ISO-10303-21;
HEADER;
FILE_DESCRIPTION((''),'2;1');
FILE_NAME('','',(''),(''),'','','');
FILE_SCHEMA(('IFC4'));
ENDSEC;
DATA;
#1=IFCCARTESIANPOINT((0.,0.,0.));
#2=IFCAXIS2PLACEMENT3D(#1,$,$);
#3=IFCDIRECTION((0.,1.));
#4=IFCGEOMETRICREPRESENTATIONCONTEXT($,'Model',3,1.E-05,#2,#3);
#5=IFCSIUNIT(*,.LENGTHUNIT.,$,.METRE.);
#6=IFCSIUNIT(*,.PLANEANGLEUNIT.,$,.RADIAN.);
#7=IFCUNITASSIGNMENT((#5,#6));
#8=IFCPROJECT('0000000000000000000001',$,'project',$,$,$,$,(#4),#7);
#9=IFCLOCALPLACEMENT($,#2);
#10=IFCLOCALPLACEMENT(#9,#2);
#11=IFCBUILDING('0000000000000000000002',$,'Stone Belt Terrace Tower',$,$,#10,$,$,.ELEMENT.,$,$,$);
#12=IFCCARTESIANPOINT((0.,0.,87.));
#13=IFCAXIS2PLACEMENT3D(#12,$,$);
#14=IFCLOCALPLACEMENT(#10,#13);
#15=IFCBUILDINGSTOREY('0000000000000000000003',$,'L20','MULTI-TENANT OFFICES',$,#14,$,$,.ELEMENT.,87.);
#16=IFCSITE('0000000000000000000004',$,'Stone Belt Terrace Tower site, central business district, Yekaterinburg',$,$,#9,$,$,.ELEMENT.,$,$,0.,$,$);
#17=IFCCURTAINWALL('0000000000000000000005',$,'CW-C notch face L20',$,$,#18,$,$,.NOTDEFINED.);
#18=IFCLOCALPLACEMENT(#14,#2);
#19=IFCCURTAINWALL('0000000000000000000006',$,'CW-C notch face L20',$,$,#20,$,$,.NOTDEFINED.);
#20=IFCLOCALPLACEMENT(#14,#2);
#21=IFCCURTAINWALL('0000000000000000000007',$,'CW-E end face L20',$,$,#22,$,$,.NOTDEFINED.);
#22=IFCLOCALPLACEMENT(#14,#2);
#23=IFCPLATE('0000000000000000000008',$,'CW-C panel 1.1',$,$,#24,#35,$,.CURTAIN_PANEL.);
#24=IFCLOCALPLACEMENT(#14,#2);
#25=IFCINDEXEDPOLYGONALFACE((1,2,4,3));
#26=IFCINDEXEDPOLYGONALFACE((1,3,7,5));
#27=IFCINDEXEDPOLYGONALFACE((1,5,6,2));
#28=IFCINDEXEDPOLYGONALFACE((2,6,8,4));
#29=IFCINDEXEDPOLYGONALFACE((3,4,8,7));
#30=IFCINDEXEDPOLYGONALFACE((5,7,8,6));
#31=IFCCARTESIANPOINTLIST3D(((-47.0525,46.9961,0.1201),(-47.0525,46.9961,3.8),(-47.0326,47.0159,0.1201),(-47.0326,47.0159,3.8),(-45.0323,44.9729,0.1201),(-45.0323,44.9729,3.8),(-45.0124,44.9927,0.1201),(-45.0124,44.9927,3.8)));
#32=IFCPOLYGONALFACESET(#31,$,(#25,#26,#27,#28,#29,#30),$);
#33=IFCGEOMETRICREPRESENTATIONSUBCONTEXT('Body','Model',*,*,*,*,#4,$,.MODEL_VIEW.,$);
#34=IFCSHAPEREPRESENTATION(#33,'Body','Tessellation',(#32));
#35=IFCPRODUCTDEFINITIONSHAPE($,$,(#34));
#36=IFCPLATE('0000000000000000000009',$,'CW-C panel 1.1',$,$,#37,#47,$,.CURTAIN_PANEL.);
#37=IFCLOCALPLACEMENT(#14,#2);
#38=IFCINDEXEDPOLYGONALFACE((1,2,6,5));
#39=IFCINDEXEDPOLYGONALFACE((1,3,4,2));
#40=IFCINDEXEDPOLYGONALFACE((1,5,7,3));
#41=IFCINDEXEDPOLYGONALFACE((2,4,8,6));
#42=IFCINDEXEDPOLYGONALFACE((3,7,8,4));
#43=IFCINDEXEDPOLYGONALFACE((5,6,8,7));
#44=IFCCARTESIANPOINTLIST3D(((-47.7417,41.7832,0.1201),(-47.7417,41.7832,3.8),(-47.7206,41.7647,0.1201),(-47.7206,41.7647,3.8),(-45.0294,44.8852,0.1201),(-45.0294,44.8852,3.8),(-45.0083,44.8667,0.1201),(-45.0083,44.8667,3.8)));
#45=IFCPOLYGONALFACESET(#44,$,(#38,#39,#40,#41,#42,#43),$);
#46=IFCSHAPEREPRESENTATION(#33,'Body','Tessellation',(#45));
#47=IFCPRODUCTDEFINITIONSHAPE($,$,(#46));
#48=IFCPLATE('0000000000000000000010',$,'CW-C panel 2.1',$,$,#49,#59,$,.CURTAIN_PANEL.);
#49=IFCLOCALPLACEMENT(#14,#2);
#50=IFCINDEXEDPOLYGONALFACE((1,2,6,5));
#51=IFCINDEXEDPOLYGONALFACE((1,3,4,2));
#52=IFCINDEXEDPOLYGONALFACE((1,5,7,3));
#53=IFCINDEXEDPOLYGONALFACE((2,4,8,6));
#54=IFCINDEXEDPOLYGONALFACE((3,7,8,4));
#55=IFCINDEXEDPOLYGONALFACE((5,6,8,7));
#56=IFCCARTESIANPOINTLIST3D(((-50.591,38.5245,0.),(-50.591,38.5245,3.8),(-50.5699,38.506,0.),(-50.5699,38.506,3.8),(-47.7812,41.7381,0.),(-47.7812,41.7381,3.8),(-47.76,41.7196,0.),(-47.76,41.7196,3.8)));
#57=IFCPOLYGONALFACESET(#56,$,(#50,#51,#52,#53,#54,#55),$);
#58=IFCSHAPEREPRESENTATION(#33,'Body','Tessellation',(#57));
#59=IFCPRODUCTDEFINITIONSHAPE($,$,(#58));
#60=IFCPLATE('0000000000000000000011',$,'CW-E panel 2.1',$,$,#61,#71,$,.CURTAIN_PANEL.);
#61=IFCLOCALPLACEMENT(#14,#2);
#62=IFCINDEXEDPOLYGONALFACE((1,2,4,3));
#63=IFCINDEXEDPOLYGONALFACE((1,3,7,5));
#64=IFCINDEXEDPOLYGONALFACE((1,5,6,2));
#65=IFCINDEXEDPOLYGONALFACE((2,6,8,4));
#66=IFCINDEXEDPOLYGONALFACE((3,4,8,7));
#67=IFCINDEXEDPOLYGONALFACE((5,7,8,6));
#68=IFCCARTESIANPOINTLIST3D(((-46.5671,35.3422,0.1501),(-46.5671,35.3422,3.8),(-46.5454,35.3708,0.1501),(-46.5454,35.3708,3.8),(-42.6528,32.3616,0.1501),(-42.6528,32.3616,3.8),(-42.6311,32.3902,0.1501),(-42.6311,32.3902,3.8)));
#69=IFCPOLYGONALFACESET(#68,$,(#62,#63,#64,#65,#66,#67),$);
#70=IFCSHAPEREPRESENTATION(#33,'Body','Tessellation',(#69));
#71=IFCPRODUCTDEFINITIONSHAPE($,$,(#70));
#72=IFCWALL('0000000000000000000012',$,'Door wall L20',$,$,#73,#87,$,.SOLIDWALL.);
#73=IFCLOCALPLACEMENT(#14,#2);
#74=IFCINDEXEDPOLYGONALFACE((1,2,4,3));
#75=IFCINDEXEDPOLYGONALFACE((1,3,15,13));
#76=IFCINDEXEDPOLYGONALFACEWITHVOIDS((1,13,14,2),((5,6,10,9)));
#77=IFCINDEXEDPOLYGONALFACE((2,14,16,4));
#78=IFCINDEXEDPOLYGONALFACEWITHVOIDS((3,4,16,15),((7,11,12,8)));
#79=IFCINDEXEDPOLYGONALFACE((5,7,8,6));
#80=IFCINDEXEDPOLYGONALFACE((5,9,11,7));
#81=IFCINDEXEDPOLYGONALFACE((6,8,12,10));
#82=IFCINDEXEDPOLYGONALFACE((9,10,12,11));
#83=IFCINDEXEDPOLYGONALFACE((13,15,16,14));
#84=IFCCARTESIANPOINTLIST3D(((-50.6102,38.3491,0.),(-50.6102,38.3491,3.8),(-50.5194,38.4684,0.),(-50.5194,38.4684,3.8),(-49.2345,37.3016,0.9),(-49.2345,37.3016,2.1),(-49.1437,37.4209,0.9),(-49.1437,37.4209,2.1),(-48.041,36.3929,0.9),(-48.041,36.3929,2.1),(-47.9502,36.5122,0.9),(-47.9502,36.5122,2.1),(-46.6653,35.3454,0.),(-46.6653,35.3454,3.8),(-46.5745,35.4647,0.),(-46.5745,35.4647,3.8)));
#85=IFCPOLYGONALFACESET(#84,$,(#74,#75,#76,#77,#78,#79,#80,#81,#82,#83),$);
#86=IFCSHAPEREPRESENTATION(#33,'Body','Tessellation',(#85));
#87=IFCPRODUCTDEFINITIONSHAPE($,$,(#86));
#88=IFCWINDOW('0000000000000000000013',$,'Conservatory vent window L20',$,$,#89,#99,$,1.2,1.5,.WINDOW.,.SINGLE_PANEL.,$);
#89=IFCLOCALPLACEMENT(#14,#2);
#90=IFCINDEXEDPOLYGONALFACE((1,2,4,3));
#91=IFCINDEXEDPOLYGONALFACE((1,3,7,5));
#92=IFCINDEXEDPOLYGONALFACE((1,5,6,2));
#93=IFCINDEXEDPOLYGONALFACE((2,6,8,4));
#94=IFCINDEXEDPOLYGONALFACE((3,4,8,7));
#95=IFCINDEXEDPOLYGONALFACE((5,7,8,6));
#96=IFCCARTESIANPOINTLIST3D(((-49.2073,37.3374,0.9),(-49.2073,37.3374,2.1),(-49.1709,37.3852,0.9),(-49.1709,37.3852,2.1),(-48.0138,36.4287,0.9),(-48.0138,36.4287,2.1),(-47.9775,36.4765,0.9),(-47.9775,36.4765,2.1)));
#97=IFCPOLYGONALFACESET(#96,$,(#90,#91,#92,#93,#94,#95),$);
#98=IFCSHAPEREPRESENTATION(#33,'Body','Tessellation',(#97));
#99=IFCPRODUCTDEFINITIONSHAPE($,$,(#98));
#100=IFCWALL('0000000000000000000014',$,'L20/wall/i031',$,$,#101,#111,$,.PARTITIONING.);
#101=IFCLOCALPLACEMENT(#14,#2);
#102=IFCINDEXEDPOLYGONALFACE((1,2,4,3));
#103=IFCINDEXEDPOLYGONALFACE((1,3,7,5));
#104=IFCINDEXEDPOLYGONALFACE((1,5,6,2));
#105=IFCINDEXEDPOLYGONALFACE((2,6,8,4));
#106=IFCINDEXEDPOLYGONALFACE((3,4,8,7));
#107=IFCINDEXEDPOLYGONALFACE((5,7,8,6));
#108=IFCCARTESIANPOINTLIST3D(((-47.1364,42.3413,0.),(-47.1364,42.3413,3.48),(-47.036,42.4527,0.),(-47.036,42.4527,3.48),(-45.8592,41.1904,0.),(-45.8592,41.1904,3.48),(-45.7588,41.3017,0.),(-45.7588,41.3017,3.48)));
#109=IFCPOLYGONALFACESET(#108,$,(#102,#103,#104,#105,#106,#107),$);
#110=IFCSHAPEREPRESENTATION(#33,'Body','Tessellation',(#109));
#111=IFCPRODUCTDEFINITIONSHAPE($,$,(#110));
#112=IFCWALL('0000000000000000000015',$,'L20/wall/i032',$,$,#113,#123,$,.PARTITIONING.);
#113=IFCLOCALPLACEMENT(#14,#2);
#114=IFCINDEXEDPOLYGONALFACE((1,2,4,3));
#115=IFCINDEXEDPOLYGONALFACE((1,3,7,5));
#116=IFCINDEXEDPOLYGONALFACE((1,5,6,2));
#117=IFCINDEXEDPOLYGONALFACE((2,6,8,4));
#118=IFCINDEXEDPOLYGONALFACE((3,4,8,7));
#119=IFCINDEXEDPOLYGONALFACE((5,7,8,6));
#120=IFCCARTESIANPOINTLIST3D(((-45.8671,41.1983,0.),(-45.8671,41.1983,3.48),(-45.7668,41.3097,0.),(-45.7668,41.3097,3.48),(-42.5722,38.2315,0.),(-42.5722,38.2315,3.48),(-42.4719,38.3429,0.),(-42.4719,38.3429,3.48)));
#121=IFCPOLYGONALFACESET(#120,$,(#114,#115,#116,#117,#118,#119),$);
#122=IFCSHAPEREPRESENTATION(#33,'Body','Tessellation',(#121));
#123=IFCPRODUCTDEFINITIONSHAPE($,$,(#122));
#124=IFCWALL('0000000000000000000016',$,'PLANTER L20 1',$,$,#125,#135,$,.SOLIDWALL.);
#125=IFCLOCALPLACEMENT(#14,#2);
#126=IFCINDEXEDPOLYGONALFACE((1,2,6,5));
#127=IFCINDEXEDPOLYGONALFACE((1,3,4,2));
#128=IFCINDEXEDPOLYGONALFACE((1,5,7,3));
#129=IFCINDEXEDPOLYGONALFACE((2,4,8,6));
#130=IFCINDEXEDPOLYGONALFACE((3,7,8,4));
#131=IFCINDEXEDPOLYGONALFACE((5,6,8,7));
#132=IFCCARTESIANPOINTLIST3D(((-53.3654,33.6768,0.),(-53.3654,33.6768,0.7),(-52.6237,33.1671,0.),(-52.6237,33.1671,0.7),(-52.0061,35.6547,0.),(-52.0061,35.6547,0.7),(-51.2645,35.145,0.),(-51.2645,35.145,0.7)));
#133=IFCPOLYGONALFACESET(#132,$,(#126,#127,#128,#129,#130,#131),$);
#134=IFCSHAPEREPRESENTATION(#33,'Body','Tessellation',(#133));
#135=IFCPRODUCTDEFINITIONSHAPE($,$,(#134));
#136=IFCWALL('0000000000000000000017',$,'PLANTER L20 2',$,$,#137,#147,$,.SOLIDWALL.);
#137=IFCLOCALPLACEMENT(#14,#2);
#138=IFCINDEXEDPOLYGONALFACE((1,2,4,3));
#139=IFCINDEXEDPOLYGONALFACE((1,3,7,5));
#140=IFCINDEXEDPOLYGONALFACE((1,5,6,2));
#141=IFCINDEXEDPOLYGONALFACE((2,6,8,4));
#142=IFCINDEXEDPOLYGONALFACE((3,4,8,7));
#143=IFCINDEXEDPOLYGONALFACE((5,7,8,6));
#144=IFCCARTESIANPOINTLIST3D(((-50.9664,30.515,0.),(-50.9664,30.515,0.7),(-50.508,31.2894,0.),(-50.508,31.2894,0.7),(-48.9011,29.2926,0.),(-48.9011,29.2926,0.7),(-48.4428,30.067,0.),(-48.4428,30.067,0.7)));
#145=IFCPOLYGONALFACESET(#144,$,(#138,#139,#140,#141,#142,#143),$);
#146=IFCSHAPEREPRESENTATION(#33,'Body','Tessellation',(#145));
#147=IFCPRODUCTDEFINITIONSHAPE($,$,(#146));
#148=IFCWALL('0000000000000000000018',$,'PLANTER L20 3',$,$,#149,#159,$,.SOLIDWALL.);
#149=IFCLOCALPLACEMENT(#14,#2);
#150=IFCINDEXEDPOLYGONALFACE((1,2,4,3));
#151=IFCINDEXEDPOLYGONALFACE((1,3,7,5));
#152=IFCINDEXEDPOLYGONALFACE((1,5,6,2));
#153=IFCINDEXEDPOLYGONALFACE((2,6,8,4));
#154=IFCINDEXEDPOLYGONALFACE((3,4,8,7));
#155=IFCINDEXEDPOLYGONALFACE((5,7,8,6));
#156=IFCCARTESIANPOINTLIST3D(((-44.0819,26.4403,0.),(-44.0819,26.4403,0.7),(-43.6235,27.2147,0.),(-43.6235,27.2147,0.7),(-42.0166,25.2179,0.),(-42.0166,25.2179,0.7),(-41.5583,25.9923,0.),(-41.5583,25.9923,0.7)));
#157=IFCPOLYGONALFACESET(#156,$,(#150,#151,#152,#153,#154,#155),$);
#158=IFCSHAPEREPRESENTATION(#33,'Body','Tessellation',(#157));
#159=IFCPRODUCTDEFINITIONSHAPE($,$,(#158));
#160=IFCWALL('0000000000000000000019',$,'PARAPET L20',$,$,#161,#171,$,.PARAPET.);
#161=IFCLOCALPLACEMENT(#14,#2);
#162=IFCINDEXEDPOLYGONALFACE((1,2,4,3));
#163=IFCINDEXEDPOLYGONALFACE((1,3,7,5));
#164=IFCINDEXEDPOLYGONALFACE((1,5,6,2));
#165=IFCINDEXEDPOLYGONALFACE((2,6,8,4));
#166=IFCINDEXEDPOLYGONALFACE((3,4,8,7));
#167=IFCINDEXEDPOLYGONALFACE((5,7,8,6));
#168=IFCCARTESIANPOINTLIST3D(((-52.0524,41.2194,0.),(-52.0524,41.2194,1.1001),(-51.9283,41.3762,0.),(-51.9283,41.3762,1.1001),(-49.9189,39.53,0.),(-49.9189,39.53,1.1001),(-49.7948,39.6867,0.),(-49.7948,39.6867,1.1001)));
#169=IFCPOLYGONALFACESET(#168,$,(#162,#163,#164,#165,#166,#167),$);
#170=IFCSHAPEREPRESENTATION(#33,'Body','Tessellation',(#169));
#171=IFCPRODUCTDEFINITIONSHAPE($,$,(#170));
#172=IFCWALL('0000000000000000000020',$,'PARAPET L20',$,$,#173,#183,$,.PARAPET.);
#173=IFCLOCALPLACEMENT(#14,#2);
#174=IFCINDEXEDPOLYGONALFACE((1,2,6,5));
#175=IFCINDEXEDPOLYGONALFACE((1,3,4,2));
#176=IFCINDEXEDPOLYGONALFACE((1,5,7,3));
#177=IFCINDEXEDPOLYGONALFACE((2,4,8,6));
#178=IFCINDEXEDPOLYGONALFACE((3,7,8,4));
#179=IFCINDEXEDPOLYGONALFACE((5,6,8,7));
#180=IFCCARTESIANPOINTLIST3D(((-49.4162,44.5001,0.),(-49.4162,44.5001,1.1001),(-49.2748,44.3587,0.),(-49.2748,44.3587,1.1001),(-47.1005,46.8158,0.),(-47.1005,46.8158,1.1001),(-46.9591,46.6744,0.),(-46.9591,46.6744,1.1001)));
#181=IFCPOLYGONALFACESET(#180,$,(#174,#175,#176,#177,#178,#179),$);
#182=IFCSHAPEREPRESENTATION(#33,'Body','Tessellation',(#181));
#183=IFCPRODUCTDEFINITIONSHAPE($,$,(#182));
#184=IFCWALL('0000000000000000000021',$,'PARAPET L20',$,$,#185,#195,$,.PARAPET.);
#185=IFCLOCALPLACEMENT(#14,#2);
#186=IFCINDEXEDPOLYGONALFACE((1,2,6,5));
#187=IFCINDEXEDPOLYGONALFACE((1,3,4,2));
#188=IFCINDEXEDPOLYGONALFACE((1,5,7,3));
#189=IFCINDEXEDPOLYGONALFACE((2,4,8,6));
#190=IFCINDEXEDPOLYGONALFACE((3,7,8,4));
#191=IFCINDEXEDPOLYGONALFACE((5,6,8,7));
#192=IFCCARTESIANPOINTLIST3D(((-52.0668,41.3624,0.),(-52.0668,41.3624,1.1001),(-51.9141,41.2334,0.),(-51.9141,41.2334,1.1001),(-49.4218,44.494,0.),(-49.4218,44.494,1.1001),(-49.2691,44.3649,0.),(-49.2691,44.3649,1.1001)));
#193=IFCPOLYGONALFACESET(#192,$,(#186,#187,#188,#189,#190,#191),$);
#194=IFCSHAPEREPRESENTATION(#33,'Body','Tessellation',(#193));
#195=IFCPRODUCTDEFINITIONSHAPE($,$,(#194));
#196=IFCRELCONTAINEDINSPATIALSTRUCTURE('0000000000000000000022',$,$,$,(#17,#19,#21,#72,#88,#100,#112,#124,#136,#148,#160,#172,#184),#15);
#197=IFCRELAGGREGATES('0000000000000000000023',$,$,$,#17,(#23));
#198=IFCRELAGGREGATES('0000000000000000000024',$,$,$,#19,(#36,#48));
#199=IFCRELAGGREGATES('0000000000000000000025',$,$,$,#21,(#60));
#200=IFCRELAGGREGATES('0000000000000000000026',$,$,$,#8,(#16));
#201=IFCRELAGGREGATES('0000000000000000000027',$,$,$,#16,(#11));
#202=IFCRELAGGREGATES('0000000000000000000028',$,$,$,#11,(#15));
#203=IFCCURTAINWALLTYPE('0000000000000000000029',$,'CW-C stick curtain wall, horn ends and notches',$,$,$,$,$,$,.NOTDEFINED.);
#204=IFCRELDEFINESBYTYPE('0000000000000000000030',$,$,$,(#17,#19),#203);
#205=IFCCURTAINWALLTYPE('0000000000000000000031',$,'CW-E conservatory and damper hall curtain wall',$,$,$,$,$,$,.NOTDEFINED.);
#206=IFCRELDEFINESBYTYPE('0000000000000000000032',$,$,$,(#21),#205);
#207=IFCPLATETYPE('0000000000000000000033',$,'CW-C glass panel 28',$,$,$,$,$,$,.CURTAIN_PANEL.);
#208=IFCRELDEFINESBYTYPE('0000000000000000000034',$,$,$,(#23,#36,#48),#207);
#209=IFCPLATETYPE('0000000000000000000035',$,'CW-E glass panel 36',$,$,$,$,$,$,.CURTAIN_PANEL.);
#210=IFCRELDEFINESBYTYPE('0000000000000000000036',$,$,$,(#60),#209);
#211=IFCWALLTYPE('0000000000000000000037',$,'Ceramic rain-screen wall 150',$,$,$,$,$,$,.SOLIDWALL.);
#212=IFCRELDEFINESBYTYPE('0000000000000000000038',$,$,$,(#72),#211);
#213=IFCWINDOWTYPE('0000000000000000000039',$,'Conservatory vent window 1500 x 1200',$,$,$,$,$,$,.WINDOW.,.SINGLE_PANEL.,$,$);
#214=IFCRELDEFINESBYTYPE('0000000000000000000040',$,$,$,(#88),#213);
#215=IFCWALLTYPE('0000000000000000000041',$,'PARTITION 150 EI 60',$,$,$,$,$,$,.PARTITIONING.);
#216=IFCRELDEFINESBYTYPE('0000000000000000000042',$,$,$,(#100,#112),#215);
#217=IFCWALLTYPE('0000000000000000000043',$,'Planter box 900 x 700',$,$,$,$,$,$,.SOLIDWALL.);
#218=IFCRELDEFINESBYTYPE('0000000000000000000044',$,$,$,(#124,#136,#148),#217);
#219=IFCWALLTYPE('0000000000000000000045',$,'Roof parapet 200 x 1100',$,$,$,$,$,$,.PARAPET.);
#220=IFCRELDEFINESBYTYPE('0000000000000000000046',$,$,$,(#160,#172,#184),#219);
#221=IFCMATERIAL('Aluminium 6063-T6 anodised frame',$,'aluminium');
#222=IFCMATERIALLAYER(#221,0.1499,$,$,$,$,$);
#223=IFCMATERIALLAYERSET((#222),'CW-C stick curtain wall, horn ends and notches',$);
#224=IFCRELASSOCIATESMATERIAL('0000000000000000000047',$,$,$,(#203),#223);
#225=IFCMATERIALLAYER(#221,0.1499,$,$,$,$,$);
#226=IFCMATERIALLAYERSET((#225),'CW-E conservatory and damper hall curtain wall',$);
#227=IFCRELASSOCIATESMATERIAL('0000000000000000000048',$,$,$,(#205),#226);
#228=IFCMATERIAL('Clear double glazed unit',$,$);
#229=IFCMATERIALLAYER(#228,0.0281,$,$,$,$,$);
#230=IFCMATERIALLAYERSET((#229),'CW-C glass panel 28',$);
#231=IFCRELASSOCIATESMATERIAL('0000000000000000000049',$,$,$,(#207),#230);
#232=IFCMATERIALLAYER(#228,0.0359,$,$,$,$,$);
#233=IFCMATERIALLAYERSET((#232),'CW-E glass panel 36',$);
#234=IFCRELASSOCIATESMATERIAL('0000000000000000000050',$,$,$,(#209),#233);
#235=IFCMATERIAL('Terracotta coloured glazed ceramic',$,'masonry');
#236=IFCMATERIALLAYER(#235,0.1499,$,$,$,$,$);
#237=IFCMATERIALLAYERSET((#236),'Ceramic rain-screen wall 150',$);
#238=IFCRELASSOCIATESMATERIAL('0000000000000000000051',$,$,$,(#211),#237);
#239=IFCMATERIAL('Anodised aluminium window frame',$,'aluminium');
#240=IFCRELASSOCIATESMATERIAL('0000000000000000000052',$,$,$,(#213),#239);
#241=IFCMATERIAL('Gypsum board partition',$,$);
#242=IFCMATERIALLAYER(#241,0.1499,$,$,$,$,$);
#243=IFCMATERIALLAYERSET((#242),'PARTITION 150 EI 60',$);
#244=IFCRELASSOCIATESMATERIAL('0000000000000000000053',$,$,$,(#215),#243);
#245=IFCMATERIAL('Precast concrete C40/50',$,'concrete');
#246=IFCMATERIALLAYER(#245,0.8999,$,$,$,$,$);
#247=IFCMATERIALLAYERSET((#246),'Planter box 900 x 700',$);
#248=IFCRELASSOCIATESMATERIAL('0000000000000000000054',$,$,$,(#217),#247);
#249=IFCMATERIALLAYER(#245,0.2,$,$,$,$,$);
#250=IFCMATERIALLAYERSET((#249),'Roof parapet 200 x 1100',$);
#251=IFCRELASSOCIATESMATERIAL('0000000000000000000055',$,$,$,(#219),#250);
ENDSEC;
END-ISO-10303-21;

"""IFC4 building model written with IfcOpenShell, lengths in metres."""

from ifc_helpers import new_model, si_unit, direction, frame, frame_2d, origin, origin_2d, place, context, subcontext, project, spatial, rectangle, extrude, material, layer, layer_set, type_object, element, fill, aggregate, save


model = new_model("IFC4")

# Units and contexts
model_context = context("Model", 3, precision=1e-05, world=origin(), true_north=direction((0.0, 1.0)))
body_context = subcontext(model_context, "Body", "Model", "MODEL_VIEW")
ifc_project = project(units=[si_unit("LENGTHUNIT", "METRE"), si_unit("PLANEANGLEUNIT", "RADIAN")], contexts=[model_context])

# Site, building, storey
site_placement = place(None, origin())
site = spatial("IfcSite", under=ifc_project, at=site_placement, Name="Stone Belt Terrace Tower site, central business district, Yekaterinburg", CompositionType="ELEMENT", RefElevation=0.0)
building_placement = place(site_placement, origin())
building = spatial("IfcBuilding", under=site, at=building_placement, Name="Stone Belt Terrace Tower", CompositionType="ELEMENT")
storey_placement = place(building_placement, frame((0.0, 0.0, 87.0)))
storey = spatial("IfcBuildingStorey", under=building, at=storey_placement, Name="L20", Description="MULTI-TENANT OFFICES", CompositionType="ELEMENT", Elevation=87.0)

# Curtain wall
ifc_material_1 = material(Name="Aluminium 6063-T6 anodised frame", Category="aluminium")
ifc_layer_1 = layer(ifc_material_1, 0.1499)
ifc_layer_set_1 = layer_set([ifc_layer_1], Name="CW-C stick curtain wall, horn ends and notches")
curtain_wall_type_1 = type_object("IfcCurtainWallType", Name="CW-C stick curtain wall, horn ends and notches", PredefinedType="NOTDEFINED", material=ifc_layer_set_1)
curtain_wall_1_placement = place(storey_placement, origin())
curtain_wall_1 = element("IfcCurtainWall", 1, at=curtain_wall_1_placement, inside=storey, type_object=curtain_wall_type_1, Name="CW-C notch face L20", PredefinedType="NOTDEFINED")

# Curtain wall
curtain_wall_2_placement = place(storey_placement, origin())
curtain_wall_2 = element("IfcCurtainWall", 2, at=curtain_wall_2_placement, inside=storey, type_object=curtain_wall_type_1, Name="CW-C notch face L20", PredefinedType="NOTDEFINED")

# Curtain wall
ifc_layer_2 = layer(ifc_material_1, 0.1499)
ifc_layer_set_2 = layer_set([ifc_layer_2], Name="CW-E conservatory and damper hall curtain wall")
curtain_wall_type_2 = type_object("IfcCurtainWallType", Name="CW-E conservatory and damper hall curtain wall", PredefinedType="NOTDEFINED", material=ifc_layer_set_2)
curtain_wall_3_placement = place(storey_placement, origin())
curtain_wall_3 = element("IfcCurtainWall", 3, at=curtain_wall_3_placement, inside=storey, type_object=curtain_wall_type_2, Name="CW-E end face L20", PredefinedType="NOTDEFINED")

# Plates
ifc_material_2 = material(Name="Clear double glazed unit")
ifc_layer_3 = layer(ifc_material_2, 0.0281)
ifc_layer_set_3 = layer_set([ifc_layer_3], Name="CW-C glass panel 28")
plate_type_1 = type_object("IfcPlateType", Name="CW-C glass panel 28", PredefinedType="CURTAIN_PANEL", material=ifc_layer_set_3)
plate_1_placement = place(storey_placement, frame((-46.0325, 45.9944, 0.1201), z_axis=(0.0, 0.0, 1.0), x_axis=(0.706586, -0.707627, 0.0)))
plate_1 = element("IfcPlate", 4, at=plate_1_placement, type_object=plate_type_1, Name="CW-C panel 1.1", PredefinedType="CURTAIN_PANEL", context=body_context, shape_type="SweptSolid", body=[
    extrude(rectangle(XDim=2.8591, YDim=0.0281, at=origin_2d()), origin(), (0.0, 0.0, 1.0), 3.6799),
])
aggregate(curtain_wall_1, [plate_1])
plate_2_placement = place(storey_placement, frame((-46.375, 43.325, 0.1201), z_axis=(0.0, 0.0, 1.0), x_axis=(-0.65823, -0.752817, 0.0)))
plate_2 = element("IfcPlate", 5, at=plate_2_placement, type_object=plate_type_1, Name="CW-C panel 1.1", PredefinedType="CURTAIN_PANEL", context=body_context, shape_type="SweptSolid", body=[
    extrude(rectangle(XDim=4.1206, YDim=0.0281, at=origin_2d()), origin(), (0.0, 0.0, 1.0), 3.6799),
])
plate_3_placement = place(storey_placement, frame((-49.1755, 40.1221, 0.0), z_axis=(0.0, 0.0, 1.0), x_axis=(-0.65823, -0.752817, 0.0)))
plate_3 = element("IfcPlate", 6, at=plate_3_placement, type_object=plate_type_1, Name="CW-C panel 2.1", PredefinedType="CURTAIN_PANEL", context=body_context, shape_type="SweptSolid", body=[
    extrude(rectangle(XDim=4.2688, YDim=0.0281, at=origin_2d()), origin(), (0.0, 0.0, 1.0), 3.8),
])
aggregate(curtain_wall_2, [plate_2, plate_3])
ifc_layer_4 = layer(ifc_material_2, 0.0359)
ifc_layer_set_4 = layer_set([ifc_layer_4], Name="CW-E glass panel 36")
plate_type_2 = type_object("IfcPlateType", Name="CW-E glass panel 36", PredefinedType="CURTAIN_PANEL", material=ifc_layer_set_4)
plate_4_placement = place(storey_placement, frame((-44.5991, 33.8662, 0.1501), z_axis=(0.0, 0.0, 1.0), x_axis=(0.795602, -0.60582, 0.0)))
plate_4 = element("IfcPlate", 7, at=plate_4_placement, type_object=plate_type_2, Name="CW-E panel 2.1", PredefinedType="CURTAIN_PANEL", context=body_context, shape_type="SweptSolid", body=[
    extrude(rectangle(XDim=4.9199, YDim=0.0359, at=origin_2d()), origin(), (0.0, 0.0, 1.0), 3.6499),
])
aggregate(curtain_wall_3, [plate_4])

# Wall, opening, window
ifc_material_3 = material(Name="Terracotta coloured glazed ceramic", Category="masonry")
ifc_layer_5 = layer(ifc_material_3, 0.1499)
ifc_layer_set_5 = layer_set([ifc_layer_5], Name="Ceramic rain-screen wall 150")
wall_type_1 = type_object("IfcWallType", Name="Ceramic rain-screen wall 150", PredefinedType="SOLIDWALL", material=ifc_layer_set_5)
wall_1_placement = place(storey_placement, frame((-50.5647, 38.4087, 0.0), z_axis=(0.0, 0.0, 1.0), x_axis=(0.795618, -0.605798, 0.0)))
wall_1 = element("IfcWall", 8, at=wall_1_placement, inside=storey, type_object=wall_type_1, Name="Door wall L20", PredefinedType="SOLIDWALL", context=body_context, shape_type="SweptSolid", body=[
    extrude(rectangle(XDim=4.9583, YDim=0.1499, at=frame_2d((2.479, 0.0))), origin(), (0.0, 0.0, 1.0), 3.8),
])
opening_placement = place(wall_1_placement, frame((1.729, 0.0, 0.8999)))
opening = element("IfcOpeningElement", 9, at=opening_placement, cuts=wall_1, PredefinedType="OPENING", context=body_context, shape_type="SweptSolid", body=[
    extrude(rectangle(XDim=1.5, YDim=1.2, at=frame_2d((0.75, 0.6001))), frame((0.0, 0.085, 0.0), z_axis=(0.0, -1.0, 0.0), x_axis=(1.0, 0.0, 0.0)), (0.0, 0.0, 1.0), 0.1699),
])
ifc_material_4 = material(Name="Anodised aluminium window frame", Category="aluminium")
window_type = type_object("IfcWindowType", Name="Conservatory vent window 1500 x 1200", PartitioningType="SINGLE_PANEL", PredefinedType="WINDOW", material=ifc_material_4)
window_placement = place(opening_placement, origin())
window = element("IfcWindow", 10, at=window_placement, inside=storey, type_object=window_type, Name="Conservatory vent window L20", OverallHeight=1.2, OverallWidth=1.5, PartitioningType="SINGLE_PANEL", PredefinedType="WINDOW", context=body_context, shape_type="SweptSolid", body=[
    extrude(rectangle(XDim=1.5, YDim=1.2, at=frame_2d((0.75, 0.6001))), frame((0.0, 0.03, 0.0), z_axis=(0.0, -1.0, 0.0), x_axis=(1.0, 0.0, 0.0)), (0.0, 0.0, 1.0), 0.0601),
])
fill(opening, window)

# Walls
ifc_material_5 = material(Name="Gypsum board partition")
ifc_layer_6 = layer(ifc_material_5, 0.1499)
ifc_layer_set_6 = layer_set([ifc_layer_6], Name="PARTITION 150 EI 60")
wall_type_2 = type_object("IfcWallType", Name="PARTITION 150 EI 60", PredefinedType="PARTITIONING", material=ifc_layer_set_6)
wall_2_placement = place(storey_placement, frame((-47.0862, 42.397, 0.0), z_axis=(0.0, 0.0, 1.0), x_axis=(0.742863, -0.669443, 0.0)))
element("IfcWall", 11, at=wall_2_placement, inside=storey, type_object=wall_type_2, Name="L20/wall/i031", PredefinedType="PARTITIONING", context=body_context, shape_type="SweptSolid", body=[
    extrude(rectangle(XDim=1.7192, YDim=0.1499, at=frame_2d((0.8596, 0.0))), origin(), (0.0, 0.0, 1.0), 3.48),
])
wall_3_placement = place(storey_placement, frame((-45.8169, 41.2539, 0.0), z_axis=(0.0, 0.0, 1.0), x_axis=(0.743141, -0.669135, 0.0)))
element("IfcWall", 12, at=wall_3_placement, inside=storey, type_object=wall_type_2, Name="L20/wall/i032", PredefinedType="PARTITIONING", context=body_context, shape_type="SweptSolid", body=[
    extrude(rectangle(XDim=4.4338, YDim=0.1499, at=frame_2d((2.2168, 0.0))), origin(), (0.0, 0.0, 1.0), 3.48),
])
ifc_material_6 = material(Name="Precast concrete C40/50", Category="concrete")
ifc_layer_7 = layer(ifc_material_6, 0.8999)
ifc_layer_set_7 = layer_set([ifc_layer_7], Name="Planter box 900 x 700")
wall_type_3 = type_object("IfcWallType", Name="Planter box 900 x 700", PredefinedType="SOLIDWALL", material=ifc_layer_set_7)
for number, where, z_axis, x_axis, name in (
    (13, (-52.3149, 34.4109, 0.0), (0.0, 0.0, 1.0), (-0.566376, -0.824147, 0.0), "PLANTER L20 1"),
    (14, (-49.7046, 30.291, 0.0), (0.0, 0.0, 1.0), (0.860558, -0.509353, 0.0), "PLANTER L20 2"),
    (15, (-42.8201, 26.2163, 0.0), (0.0, 0.0, 1.0), (0.860558, -0.509353, 0.0), "PLANTER L20 3"),
):
    element("IfcWall", number, at=place(storey_placement, frame(where, z_axis=z_axis, x_axis=x_axis)), inside=storey, type_object=wall_type_3, Name=name, PredefinedType="SOLIDWALL", context=body_context, shape_type="SweptSolid", body=[
        extrude(rectangle(XDim=2.3999, YDim=0.8999, at=origin_2d()), origin(), (0.0, 0.0, 1.0), 0.7),
    ])
ifc_layer_8 = layer(ifc_material_6, 0.2)
ifc_layer_set_8 = layer_set([ifc_layer_8], Name="Roof parapet 200 x 1100")
wall_type_4 = type_object("IfcWallType", Name="Roof parapet 200 x 1100", PredefinedType="PARAPET", material=ifc_layer_set_8)
wall_4_placement = place(storey_placement, frame((-51.9905, 41.2979, 0.0), z_axis=(0.0, 0.0, 1.0), x_axis=(0.783975, -0.620793, 0.0)))
element("IfcWall", 16, at=wall_4_placement, inside=storey, type_object=wall_type_4, Name="PARAPET L20", PredefinedType="PARAPET", context=body_context, shape_type="SweptSolid", body=[
    extrude(rectangle(XDim=2.7214, YDim=0.2, at=frame_2d((1.3608, 0.0))), origin(), (0.0, 0.0, 1.0), 1.1001),
])
wall_5_placement = place(storey_placement, frame((-47.0298, 46.7451, 0.0), z_axis=(0.0, 0.0, 1.0), x_axis=(-0.707107, -0.707107, 0.0)))
element("IfcWall", 17, at=wall_5_placement, inside=storey, type_object=wall_type_4, Name="PARAPET L20", PredefinedType="PARAPET", context=body_context, shape_type="SweptSolid", body=[
    extrude(rectangle(XDim=3.2749, YDim=0.2, at=frame_2d((1.6375, 0.0))), origin(), (0.0, 0.0, 1.0), 1.1001),
])
wall_6_placement = place(storey_placement, frame((-49.3455, 44.4294, 0.0), z_axis=(0.0, 0.0, 1.0), x_axis=(-0.645261, -0.763962, 0.0)))
element("IfcWall", 18, at=wall_6_placement, inside=storey, type_object=wall_type_4, Name="PARAPET L20", PredefinedType="PARAPET", context=body_context, shape_type="SweptSolid", body=[
    extrude(rectangle(XDim=4.0991, YDim=0.2, at=frame_2d((2.0496, 0.0))), origin(), (0.0, 0.0, 1.0), 1.1001),
])

save(model, "model.ifc")
